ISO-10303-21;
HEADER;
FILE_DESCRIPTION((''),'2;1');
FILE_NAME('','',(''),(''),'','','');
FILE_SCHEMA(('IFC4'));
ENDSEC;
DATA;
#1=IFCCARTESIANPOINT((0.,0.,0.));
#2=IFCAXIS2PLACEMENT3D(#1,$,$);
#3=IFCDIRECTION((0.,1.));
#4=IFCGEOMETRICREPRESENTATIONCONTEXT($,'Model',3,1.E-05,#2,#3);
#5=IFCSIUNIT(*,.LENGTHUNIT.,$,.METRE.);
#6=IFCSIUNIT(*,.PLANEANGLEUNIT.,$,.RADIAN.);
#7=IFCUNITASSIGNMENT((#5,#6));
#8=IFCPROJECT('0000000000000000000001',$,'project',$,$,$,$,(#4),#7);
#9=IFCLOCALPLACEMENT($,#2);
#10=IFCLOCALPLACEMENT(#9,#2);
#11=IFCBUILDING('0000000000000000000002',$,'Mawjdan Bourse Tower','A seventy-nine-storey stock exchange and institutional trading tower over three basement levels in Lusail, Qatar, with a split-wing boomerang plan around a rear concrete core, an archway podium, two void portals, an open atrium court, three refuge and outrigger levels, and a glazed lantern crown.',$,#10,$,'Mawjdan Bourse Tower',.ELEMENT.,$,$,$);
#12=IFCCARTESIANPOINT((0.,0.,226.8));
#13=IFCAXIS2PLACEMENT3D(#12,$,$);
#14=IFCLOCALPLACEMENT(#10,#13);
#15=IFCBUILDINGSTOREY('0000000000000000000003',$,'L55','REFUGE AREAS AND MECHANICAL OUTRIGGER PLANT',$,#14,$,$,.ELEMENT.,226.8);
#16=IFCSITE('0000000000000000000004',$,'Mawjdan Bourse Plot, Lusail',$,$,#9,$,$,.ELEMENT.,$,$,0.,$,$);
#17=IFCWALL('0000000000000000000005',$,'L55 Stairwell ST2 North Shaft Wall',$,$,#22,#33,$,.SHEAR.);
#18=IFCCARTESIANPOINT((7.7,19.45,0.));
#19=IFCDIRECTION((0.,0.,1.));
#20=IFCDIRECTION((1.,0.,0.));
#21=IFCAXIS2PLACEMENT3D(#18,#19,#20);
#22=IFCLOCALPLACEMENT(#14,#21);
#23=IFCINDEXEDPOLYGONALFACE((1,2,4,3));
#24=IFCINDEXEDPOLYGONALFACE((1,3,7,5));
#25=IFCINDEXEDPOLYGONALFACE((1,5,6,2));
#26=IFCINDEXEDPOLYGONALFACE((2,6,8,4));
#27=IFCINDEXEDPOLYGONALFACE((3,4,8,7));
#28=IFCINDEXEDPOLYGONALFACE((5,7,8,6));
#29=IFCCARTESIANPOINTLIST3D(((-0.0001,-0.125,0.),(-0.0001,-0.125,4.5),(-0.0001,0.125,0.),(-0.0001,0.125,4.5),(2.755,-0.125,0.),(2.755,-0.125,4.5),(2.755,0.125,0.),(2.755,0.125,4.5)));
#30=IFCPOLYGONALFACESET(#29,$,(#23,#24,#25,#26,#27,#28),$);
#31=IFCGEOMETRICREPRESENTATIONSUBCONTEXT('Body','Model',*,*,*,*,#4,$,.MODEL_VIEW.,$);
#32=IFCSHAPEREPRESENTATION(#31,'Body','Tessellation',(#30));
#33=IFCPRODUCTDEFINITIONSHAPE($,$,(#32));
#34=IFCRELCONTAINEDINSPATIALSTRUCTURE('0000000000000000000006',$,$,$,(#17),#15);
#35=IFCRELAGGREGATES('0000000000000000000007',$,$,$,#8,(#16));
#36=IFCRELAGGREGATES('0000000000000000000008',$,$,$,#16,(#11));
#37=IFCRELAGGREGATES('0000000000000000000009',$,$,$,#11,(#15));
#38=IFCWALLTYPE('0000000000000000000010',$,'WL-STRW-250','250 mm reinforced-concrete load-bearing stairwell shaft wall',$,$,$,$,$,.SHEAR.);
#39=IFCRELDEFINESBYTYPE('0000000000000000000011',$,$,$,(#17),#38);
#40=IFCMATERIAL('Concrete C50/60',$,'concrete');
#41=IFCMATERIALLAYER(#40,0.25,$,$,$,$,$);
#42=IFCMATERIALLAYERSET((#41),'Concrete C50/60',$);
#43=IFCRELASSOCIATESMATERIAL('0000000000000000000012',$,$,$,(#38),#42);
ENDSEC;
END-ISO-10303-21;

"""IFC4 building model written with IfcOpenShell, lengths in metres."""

from ifc_helpers import new_model, si_unit, direction, frame, frame_2d, origin, place, context, subcontext, project, spatial, rectangle, extrude, material, layer, layer_set, type_object, element, save


model = new_model("IFC4")

# Units and contexts
model_context = context("Model", 3, precision=1e-05, world=origin(), true_north=direction((0.0, 1.0)))
body_context = subcontext(model_context, "Body", "Model", "MODEL_VIEW")
ifc_project = project(units=[si_unit("LENGTHUNIT", "METRE"), si_unit("PLANEANGLEUNIT", "RADIAN")], contexts=[model_context])

# Site, building, storey
site_placement = place(None, origin())
site = spatial("IfcSite", under=ifc_project, at=site_placement, Name="Mawjdan Bourse Plot, Lusail", CompositionType="ELEMENT", RefElevation=0.0)
building_placement = place(site_placement, origin())
building = spatial("IfcBuilding", under=site, at=building_placement, Name="Mawjdan Bourse Tower", Description="A seventy-nine-storey stock exchange and institutional trading tower over three basement levels in Lusail, Qatar, with a split-wing boomerang plan around a rear concrete core, an archway podium, two void portals, an open atrium court, three refuge and outrigger levels, and a glazed lantern crown.", LongName="Mawjdan Bourse Tower", CompositionType="ELEMENT")
storey_placement = place(building_placement, frame((0.0, 0.0, 226.8)))
storey = spatial("IfcBuildingStorey", under=building, at=storey_placement, Name="L55", Description="REFUGE AREAS AND MECHANICAL OUTRIGGER PLANT", CompositionType="ELEMENT", Elevation=226.8)

# Shared definitions
ifc_material_1 = material(Name="Concrete C50/60", Category="concrete")

# Wall
ifc_layer_1 = layer(ifc_material_1, 0.25)
ifc_layer_set_1 = layer_set([ifc_layer_1], Name="Concrete C50/60")
wall_type_1 = type_object("IfcWallType", Name="WL-STRW-250", Description="250 mm reinforced-concrete load-bearing stairwell shaft wall", PredefinedType="SHEAR", material=ifc_layer_set_1)
wall_1_placement = place(storey_placement, frame((7.7, 19.45, 0.0), z_axis=(0.0, 0.0, 1.0), x_axis=(1.0, 0.0, 0.0)))
element("IfcWall", 1, at=wall_1_placement, inside=storey, type_object=wall_type_1, Name="L55 Stairwell ST2 North Shaft Wall", PredefinedType="SHEAR", context=body_context, shape_type="SweptSolid", body=[
    extrude(rectangle(XDim=2.7551, YDim=0.25, at=frame_2d((1.3774, 0.0))), origin(), (0.0, 0.0, 1.0), 4.5),
])

save(model, "model.ifc")
